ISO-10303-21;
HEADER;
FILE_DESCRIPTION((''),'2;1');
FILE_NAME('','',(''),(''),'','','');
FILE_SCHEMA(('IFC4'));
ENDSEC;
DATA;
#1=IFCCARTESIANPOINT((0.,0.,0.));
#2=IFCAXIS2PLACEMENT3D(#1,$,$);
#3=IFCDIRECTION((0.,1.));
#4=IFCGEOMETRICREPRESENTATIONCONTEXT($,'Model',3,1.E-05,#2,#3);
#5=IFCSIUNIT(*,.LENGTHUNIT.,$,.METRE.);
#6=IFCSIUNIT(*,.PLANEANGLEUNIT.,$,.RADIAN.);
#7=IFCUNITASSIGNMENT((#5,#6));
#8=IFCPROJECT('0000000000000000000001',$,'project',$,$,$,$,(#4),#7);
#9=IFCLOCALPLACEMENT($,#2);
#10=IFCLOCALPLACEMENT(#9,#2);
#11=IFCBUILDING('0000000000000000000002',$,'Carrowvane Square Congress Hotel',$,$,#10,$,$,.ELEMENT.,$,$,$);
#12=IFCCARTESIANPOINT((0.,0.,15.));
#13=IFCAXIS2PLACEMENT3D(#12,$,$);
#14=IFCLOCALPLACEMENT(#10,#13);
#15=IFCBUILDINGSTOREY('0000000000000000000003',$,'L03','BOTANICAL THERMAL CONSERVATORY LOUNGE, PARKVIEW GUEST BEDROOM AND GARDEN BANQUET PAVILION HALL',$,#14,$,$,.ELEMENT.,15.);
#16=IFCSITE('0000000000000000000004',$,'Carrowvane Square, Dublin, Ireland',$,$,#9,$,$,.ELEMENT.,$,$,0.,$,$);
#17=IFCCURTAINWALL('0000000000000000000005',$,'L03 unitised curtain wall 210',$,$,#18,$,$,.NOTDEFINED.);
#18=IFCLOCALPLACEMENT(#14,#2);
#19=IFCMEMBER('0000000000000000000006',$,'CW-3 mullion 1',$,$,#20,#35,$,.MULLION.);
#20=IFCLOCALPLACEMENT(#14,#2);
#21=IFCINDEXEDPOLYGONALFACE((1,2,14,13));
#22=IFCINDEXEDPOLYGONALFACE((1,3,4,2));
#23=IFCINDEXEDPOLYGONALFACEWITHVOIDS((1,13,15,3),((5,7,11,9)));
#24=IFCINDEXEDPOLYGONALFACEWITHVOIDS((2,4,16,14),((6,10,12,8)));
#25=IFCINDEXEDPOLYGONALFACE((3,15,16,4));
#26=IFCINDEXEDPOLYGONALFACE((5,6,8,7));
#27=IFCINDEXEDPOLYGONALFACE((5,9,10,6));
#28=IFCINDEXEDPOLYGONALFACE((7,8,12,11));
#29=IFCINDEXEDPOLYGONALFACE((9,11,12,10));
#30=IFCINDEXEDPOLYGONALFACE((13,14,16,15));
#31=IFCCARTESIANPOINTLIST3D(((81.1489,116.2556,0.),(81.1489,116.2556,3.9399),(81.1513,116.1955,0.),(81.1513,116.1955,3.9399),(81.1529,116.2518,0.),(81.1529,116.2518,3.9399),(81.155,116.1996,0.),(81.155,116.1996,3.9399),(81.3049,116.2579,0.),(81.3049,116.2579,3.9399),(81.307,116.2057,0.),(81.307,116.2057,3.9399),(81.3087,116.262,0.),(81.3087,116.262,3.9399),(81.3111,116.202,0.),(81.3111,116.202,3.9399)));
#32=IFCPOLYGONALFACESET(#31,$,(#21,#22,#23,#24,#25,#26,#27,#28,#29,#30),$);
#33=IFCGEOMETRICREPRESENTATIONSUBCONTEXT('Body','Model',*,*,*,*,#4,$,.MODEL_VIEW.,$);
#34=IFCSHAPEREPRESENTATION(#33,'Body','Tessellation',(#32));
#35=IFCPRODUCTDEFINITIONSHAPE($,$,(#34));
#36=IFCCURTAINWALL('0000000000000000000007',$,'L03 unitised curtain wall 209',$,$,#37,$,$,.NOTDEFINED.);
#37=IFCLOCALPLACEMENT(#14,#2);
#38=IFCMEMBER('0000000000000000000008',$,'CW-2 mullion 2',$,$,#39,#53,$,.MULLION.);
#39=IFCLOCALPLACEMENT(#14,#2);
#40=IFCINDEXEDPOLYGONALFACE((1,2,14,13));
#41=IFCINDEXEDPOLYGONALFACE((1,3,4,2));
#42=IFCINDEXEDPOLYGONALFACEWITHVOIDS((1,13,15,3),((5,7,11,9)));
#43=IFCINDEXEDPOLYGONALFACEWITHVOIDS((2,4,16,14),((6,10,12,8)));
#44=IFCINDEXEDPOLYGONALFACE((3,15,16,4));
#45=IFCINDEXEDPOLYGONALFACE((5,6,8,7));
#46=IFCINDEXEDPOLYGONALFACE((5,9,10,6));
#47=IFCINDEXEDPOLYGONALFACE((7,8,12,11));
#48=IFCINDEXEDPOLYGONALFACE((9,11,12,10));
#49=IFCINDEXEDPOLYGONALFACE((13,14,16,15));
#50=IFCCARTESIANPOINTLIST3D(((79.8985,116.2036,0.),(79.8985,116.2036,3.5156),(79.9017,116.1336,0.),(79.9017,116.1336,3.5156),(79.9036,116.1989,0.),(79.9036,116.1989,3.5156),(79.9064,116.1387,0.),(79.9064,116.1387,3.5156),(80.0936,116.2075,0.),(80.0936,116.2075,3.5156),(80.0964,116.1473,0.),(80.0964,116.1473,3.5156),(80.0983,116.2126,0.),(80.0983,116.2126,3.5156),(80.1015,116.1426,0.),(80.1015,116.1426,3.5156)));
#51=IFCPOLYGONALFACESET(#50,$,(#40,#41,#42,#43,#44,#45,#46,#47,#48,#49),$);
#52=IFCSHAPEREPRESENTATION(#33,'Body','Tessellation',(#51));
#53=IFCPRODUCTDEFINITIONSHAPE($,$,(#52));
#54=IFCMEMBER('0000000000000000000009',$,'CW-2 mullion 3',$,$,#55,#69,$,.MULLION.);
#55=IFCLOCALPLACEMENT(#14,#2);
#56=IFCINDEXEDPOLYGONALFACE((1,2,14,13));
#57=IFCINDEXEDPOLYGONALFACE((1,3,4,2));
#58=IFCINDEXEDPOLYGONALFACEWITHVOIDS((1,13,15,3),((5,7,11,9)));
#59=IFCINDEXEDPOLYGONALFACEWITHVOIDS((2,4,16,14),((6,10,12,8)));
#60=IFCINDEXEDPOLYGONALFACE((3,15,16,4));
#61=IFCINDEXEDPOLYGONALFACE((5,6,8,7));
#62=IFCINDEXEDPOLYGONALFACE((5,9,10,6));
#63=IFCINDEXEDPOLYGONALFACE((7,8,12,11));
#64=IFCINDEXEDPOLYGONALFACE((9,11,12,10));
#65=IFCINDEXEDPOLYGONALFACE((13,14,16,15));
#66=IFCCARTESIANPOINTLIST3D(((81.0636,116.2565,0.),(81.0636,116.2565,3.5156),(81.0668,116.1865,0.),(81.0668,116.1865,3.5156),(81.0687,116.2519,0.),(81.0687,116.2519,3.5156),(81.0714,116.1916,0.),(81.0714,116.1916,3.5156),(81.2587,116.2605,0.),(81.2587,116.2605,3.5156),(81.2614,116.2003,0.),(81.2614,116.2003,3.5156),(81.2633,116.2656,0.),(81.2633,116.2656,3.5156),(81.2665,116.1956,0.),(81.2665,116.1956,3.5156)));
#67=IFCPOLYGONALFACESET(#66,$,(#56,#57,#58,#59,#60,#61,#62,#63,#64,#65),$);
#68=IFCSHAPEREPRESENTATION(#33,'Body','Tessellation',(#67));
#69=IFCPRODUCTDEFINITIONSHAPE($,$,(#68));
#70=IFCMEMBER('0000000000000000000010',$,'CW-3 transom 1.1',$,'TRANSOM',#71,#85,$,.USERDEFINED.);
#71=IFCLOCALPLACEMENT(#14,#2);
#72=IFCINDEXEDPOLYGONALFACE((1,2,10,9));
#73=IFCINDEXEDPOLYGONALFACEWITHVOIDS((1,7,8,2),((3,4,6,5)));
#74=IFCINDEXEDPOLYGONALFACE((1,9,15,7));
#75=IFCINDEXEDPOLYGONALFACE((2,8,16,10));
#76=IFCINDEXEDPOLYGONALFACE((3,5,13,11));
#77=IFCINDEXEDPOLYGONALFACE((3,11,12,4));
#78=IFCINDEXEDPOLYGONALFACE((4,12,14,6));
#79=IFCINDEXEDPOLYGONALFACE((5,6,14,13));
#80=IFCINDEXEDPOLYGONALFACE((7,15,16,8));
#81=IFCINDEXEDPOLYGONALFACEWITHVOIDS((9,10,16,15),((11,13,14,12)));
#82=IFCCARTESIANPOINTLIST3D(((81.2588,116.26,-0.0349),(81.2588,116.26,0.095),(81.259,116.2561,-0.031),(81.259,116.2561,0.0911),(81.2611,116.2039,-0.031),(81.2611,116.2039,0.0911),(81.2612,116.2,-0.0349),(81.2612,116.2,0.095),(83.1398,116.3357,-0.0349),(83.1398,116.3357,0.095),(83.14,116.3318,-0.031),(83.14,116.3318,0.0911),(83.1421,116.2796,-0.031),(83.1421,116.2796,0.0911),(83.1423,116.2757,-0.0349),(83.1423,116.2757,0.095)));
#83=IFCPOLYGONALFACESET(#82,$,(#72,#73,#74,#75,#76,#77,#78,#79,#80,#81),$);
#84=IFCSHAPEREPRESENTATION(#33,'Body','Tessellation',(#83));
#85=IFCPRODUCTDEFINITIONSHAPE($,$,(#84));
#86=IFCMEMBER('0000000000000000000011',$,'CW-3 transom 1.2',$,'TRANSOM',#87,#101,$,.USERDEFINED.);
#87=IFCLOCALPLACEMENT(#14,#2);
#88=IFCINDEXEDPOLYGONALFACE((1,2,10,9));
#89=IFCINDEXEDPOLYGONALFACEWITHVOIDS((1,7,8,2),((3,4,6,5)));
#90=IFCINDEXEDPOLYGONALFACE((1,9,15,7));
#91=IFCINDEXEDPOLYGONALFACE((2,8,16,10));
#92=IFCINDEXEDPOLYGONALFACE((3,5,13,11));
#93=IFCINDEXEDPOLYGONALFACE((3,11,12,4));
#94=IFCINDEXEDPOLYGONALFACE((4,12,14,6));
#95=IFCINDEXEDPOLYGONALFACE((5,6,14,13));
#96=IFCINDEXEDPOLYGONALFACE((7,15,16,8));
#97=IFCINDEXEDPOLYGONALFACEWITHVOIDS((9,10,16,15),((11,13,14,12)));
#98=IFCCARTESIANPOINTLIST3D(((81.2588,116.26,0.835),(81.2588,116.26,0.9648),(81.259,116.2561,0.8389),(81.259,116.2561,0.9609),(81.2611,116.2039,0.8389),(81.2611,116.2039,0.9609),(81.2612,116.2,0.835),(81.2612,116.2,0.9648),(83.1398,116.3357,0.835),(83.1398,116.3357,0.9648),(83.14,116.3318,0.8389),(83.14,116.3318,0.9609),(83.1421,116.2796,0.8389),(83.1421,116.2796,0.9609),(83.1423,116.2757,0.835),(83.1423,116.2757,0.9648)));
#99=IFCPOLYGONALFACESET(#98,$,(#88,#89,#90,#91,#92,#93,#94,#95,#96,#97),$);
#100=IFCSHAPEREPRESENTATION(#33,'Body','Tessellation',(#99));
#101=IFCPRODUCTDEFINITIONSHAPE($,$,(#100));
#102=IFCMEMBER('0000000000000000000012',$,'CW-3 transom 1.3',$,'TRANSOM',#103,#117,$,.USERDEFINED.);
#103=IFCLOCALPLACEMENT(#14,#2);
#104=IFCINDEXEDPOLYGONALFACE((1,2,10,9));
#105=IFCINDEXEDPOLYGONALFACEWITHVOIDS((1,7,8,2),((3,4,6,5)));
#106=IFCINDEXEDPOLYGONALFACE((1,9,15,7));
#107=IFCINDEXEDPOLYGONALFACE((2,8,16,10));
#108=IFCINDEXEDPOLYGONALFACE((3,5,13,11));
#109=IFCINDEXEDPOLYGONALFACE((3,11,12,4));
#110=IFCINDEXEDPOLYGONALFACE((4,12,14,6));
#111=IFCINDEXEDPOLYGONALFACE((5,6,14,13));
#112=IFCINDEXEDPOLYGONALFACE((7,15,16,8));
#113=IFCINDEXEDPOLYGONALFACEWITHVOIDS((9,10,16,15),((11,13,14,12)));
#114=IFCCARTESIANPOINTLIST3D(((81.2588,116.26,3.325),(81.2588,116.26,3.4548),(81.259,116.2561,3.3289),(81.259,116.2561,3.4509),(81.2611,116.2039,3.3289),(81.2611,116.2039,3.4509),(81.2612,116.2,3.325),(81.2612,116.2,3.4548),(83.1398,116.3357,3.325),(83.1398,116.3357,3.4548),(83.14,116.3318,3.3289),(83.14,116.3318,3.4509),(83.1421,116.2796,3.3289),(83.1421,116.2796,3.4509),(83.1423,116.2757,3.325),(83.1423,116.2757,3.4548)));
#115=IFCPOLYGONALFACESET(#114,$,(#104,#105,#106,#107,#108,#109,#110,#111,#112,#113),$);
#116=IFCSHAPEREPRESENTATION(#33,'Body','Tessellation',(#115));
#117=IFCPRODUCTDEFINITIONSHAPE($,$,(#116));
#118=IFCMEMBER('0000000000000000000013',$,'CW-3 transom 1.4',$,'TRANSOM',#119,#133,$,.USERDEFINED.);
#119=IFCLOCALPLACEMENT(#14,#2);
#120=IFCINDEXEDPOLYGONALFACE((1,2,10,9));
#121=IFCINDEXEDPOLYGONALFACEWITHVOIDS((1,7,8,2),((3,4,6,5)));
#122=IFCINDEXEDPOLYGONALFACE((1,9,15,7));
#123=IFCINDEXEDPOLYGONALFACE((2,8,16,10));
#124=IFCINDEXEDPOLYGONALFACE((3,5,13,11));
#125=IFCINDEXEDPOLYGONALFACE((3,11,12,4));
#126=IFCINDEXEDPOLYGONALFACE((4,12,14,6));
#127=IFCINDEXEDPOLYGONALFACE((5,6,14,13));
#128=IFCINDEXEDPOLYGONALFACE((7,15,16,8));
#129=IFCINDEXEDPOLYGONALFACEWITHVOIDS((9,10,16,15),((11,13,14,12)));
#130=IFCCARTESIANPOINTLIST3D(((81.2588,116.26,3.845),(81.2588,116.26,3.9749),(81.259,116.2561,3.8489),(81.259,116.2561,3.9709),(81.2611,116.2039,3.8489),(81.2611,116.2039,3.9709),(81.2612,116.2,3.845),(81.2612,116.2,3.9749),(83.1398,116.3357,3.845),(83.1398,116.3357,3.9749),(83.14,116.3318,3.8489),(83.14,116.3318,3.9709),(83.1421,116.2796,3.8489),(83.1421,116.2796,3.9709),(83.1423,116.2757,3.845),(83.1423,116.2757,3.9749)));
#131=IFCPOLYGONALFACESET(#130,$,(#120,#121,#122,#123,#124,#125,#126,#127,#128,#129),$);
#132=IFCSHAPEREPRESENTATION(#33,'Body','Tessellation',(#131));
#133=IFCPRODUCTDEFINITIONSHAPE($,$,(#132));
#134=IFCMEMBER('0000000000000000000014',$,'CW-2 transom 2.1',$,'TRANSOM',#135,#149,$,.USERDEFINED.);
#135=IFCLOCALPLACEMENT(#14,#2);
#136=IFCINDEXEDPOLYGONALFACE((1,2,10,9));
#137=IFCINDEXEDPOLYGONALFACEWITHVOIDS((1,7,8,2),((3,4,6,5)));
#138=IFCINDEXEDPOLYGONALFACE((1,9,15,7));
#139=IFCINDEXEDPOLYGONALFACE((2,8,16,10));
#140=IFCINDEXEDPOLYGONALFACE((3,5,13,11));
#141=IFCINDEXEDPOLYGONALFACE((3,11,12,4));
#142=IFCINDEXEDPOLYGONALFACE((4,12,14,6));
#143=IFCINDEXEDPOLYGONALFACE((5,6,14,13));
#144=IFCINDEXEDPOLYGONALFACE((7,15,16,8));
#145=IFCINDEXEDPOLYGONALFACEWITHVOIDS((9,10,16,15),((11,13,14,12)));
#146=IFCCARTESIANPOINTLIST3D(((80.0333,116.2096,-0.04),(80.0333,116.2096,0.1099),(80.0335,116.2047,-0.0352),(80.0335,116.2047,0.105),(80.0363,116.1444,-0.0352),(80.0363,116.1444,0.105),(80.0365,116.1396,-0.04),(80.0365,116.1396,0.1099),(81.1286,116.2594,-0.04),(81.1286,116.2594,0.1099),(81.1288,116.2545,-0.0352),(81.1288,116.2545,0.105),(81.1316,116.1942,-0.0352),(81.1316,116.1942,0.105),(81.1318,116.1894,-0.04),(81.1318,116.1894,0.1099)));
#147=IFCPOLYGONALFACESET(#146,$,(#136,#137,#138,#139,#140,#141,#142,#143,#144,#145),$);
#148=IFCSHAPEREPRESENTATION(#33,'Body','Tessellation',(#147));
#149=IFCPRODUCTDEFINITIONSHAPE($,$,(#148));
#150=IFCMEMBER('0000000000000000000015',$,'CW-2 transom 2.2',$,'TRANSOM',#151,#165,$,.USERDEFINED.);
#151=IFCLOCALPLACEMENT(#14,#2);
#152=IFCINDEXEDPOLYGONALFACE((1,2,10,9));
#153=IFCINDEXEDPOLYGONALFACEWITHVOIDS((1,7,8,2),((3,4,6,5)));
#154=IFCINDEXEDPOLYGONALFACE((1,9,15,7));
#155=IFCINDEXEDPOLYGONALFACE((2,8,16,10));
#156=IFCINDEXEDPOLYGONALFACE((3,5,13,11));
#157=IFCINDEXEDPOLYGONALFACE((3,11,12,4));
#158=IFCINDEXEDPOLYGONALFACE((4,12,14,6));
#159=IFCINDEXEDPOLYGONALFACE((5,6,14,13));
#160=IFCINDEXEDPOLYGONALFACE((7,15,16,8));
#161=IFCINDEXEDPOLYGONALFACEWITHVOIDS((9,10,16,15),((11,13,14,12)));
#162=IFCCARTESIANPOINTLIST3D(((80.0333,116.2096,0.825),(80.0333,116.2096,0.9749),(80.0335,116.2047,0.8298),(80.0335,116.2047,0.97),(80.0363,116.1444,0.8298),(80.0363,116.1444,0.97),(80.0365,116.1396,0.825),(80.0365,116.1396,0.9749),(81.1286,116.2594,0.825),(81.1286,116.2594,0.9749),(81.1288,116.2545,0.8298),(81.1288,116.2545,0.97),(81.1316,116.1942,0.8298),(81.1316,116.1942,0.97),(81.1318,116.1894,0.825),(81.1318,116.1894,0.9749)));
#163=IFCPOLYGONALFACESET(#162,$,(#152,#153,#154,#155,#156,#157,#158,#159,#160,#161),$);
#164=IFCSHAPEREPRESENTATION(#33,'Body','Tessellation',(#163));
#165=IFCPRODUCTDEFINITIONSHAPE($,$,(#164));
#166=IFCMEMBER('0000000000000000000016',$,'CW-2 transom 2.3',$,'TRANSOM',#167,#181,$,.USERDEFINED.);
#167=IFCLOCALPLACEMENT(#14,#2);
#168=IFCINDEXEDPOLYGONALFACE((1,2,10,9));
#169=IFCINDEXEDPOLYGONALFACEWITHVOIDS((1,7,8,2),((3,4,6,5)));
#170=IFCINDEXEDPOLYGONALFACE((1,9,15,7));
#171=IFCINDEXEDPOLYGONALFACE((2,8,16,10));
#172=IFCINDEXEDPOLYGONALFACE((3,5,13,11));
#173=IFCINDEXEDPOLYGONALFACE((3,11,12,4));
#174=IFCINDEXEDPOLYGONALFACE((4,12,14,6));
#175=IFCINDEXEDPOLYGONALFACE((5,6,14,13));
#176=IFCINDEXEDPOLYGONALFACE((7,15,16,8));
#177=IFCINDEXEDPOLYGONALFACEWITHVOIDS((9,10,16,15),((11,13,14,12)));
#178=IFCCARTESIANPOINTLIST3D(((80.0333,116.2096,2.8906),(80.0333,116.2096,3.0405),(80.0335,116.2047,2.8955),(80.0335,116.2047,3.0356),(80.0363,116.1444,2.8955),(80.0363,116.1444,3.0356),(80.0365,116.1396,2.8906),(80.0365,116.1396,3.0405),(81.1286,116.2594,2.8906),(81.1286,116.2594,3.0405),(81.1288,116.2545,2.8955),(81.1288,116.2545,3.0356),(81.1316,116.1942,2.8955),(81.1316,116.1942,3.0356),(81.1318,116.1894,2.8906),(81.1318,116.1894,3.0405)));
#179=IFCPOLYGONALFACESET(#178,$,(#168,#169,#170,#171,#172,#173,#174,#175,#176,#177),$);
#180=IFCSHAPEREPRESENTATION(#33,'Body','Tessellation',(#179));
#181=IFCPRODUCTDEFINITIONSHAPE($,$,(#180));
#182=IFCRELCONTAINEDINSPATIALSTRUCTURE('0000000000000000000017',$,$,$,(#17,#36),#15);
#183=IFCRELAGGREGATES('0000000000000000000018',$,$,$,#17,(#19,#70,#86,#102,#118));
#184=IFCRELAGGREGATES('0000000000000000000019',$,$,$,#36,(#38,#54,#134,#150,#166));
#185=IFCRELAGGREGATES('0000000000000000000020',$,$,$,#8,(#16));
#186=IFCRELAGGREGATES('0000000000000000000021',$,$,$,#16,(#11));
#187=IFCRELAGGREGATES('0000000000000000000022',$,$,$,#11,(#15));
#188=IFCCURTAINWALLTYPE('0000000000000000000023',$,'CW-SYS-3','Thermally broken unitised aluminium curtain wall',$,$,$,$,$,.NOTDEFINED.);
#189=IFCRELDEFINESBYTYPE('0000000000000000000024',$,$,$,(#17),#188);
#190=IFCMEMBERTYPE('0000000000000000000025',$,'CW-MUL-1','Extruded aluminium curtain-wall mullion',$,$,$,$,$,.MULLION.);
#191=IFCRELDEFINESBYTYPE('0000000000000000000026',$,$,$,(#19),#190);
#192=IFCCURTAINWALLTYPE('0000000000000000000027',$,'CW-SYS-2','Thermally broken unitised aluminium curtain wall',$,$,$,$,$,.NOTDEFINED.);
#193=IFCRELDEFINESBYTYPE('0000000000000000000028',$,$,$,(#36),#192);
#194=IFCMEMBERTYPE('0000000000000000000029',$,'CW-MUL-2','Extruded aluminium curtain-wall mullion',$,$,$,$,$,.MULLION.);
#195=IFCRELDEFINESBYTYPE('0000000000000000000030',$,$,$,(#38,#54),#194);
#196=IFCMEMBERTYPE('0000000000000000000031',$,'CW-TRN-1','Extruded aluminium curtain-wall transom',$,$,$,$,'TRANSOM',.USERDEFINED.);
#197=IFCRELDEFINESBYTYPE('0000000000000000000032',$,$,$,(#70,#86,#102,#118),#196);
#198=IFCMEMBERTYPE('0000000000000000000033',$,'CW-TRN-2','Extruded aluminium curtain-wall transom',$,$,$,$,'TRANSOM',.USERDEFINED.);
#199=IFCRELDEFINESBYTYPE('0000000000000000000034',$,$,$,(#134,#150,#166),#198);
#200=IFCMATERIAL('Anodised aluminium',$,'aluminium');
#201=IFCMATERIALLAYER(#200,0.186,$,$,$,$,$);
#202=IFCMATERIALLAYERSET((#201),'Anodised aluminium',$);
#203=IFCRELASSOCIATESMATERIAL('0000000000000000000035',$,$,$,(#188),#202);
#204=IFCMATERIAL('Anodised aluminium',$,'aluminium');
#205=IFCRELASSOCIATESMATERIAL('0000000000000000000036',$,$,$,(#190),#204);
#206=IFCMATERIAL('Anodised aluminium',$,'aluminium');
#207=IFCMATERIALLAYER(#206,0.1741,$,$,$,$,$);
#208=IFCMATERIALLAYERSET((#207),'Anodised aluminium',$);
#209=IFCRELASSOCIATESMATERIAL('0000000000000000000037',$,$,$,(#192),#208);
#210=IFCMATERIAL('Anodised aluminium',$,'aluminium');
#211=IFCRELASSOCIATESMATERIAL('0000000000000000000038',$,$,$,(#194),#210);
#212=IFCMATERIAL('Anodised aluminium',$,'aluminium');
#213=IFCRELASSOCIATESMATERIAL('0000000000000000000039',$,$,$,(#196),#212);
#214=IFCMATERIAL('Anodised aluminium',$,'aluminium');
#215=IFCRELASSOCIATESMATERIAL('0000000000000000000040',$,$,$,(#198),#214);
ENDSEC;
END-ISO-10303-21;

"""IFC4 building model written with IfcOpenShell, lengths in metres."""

from ifc_helpers import new_model, si_unit, direction, frame, origin, origin_2d, place, context, subcontext, project, spatial, hollow_rectangle, extrude, material, layer, layer_set, material_profile, profile_set, type_object, element, aggregate, save


model = new_model("IFC4")

# Units and contexts
model_context = context("Model", 3, precision=1e-05, world=origin(), true_north=direction((0.0, 1.0)))
body_context = subcontext(model_context, "Body", "Model", "MODEL_VIEW")
ifc_project = project(units=[si_unit("LENGTHUNIT", "METRE"), si_unit("PLANEANGLEUNIT", "RADIAN")], contexts=[model_context])

# Site, building, storey
site_placement = place(None, origin())
site = spatial("IfcSite", under=ifc_project, at=site_placement, Name="Carrowvane Square, Dublin, Ireland", CompositionType="ELEMENT", RefElevation=0.0)
building_placement = place(site_placement, origin())
building = spatial("IfcBuilding", under=site, at=building_placement, Name="Carrowvane Square Congress Hotel", CompositionType="ELEMENT")
storey_placement = place(building_placement, frame((0.0, 0.0, 15.0)))
storey = spatial("IfcBuildingStorey", under=building, at=storey_placement, Name="L03", Description="BOTANICAL THERMAL CONSERVATORY LOUNGE, PARKVIEW GUEST BEDROOM AND GARDEN BANQUET PAVILION HALL", CompositionType="ELEMENT", Elevation=15.0)

# Curtain wall, member
ifc_material_1 = material(Name="Anodised aluminium", Category="aluminium")
ifc_layer_1 = layer(ifc_material_1, 0.186)
ifc_layer_set_1 = layer_set([ifc_layer_1], Name="Anodised aluminium")
curtain_wall_type_1 = type_object("IfcCurtainWallType", Name="CW-SYS-3", Description="Thermally broken unitised aluminium curtain wall", PredefinedType="NOTDEFINED", material=ifc_layer_set_1)
curtain_wall_1_placement = place(storey_placement, origin())
curtain_wall_1 = element("IfcCurtainWall", 1, at=curtain_wall_1_placement, inside=storey, type_object=curtain_wall_type_1, Name="L03 unitised curtain wall 210", PredefinedType="NOTDEFINED")
ifc_material_2 = material(Name="Anodised aluminium", Category="aluminium")
ifc_material_profile_1 = material_profile(ifc_material_2, hollow_rectangle(XDim=0.0601, YDim=0.1599, WallThickness=0.0039, at=origin_2d()), Name="CW-ML 60x160x4")
ifc_profile_set_1 = profile_set([ifc_material_profile_1], Name="Anodised aluminium")
member_type_1 = type_object("IfcMemberType", Name="CW-MUL-1", Description="Extruded aluminium curtain-wall mullion", PredefinedType="MULLION", material=ifc_profile_set_1)
member_1_placement = place(storey_placement, frame((81.23, 116.2288, 0.0), z_axis=(0.0, 0.0, 1.0), x_axis=(-0.040136, 0.999194, 0.0)))
member_1 = element("IfcMember", 2, at=member_1_placement, type_object=member_type_1, Name="CW-3 mullion 1", PredefinedType="MULLION", context=body_context, shape_type="SweptSolid", body=[
    extrude(hollow_rectangle(XDim=0.0601, YDim=0.1599, WallThickness=0.0039, at=origin_2d()), origin(), (0.0, 0.0, 1.0), 3.9399),
])

# Curtain wall, members
ifc_material_3 = material(Name="Anodised aluminium", Category="aluminium")
ifc_layer_2 = layer(ifc_material_3, 0.1741)
ifc_layer_set_2 = layer_set([ifc_layer_2], Name="Anodised aluminium")
curtain_wall_type_2 = type_object("IfcCurtainWallType", Name="CW-SYS-2", Description="Thermally broken unitised aluminium curtain wall", PredefinedType="NOTDEFINED", material=ifc_layer_set_2)
curtain_wall_2_placement = place(storey_placement, origin())
curtain_wall_2 = element("IfcCurtainWall", 3, at=curtain_wall_2_placement, inside=storey, type_object=curtain_wall_type_2, Name="L03 unitised curtain wall 209", PredefinedType="NOTDEFINED")
ifc_material_4 = material(Name="Anodised aluminium", Category="aluminium")
ifc_material_profile_2 = material_profile(ifc_material_4, hollow_rectangle(XDim=0.0701, YDim=0.2, WallThickness=0.0049, at=origin_2d()), Name="CW-ML 70x200x5")
ifc_profile_set_2 = profile_set([ifc_material_profile_2], Name="Anodised aluminium")
member_type_2 = type_object("IfcMemberType", Name="CW-MUL-2", Description="Extruded aluminium curtain-wall mullion", PredefinedType="MULLION", material=ifc_profile_set_2)
member_2_placement = place(storey_placement, frame((80.0, 116.1731, 0.0), z_axis=(0.0, 0.0, 1.0), x_axis=(-0.045411, 0.998968, 0.0)))
member_2 = element("IfcMember", 4, at=member_2_placement, type_object=member_type_2, Name="CW-2 mullion 2", PredefinedType="MULLION", context=body_context, shape_type="SweptSolid", body=[
    extrude(hollow_rectangle(XDim=0.0701, YDim=0.2, WallThickness=0.0049, at=origin_2d()), origin(), (0.0, 0.0, 1.0), 3.5156),
])
member_3_placement = place(storey_placement, frame((81.165, 116.2261, 0.0), z_axis=(0.0, 0.0, 1.0), x_axis=(-0.045411, 0.998968, 0.0)))
member_3 = element("IfcMember", 5, at=member_3_placement, type_object=member_type_2, Name="CW-2 mullion 3", PredefinedType="MULLION", context=body_context, shape_type="SweptSolid", body=[
    extrude(hollow_rectangle(XDim=0.0701, YDim=0.2, WallThickness=0.0049, at=origin_2d()), origin(), (0.0, 0.0, 1.0), 3.5156),
])

# Members
ifc_material_5 = material(Name="Anodised aluminium", Category="aluminium")
ifc_material_profile_3 = material_profile(ifc_material_5, hollow_rectangle(XDim=0.0601, YDim=0.1299, WallThickness=0.0039, at=origin_2d()), Name="CW-TR 60x130x4")
ifc_profile_set_3 = profile_set([ifc_material_profile_3], Name="Anodised aluminium")
member_type_3 = type_object("IfcMemberType", Name="CW-TRN-1", Description="Extruded aluminium curtain-wall transom", ElementType="TRANSOM", PredefinedType="USERDEFINED", material=ifc_profile_set_3)
member_4_placement = place(storey_placement, frame((81.26, 116.23, 0.03), z_axis=(0.999192, 0.040201, 0.0), x_axis=(-0.040201, 0.999192, 0.0)))
member_4 = element("IfcMember", 6, at=member_4_placement, type_object=member_type_3, Name="CW-3 transom 1.1", ObjectType="TRANSOM", PredefinedType="USERDEFINED", context=body_context, shape_type="SweptSolid", body=[
    extrude(hollow_rectangle(XDim=0.0601, YDim=0.1299, WallThickness=0.0039, at=origin_2d()), origin(), (0.0, 0.0, 1.0), 1.8826),
])
member_5_placement = place(storey_placement, frame((81.26, 116.23, 0.8999), z_axis=(0.999192, 0.040201, 0.0), x_axis=(-0.040201, 0.999192, 0.0)))
member_5 = element("IfcMember", 7, at=member_5_placement, type_object=member_type_3, Name="CW-3 transom 1.2", ObjectType="TRANSOM", PredefinedType="USERDEFINED", context=body_context, shape_type="SweptSolid", body=[
    extrude(hollow_rectangle(XDim=0.0601, YDim=0.1299, WallThickness=0.0039, at=origin_2d()), origin(), (0.0, 0.0, 1.0), 1.8826),
])
member_6_placement = place(storey_placement, frame((81.26, 116.23, 3.3899), z_axis=(0.999192, 0.040201, 0.0), x_axis=(-0.040201, 0.999192, 0.0)))
member_6 = element("IfcMember", 8, at=member_6_placement, type_object=member_type_3, Name="CW-3 transom 1.3", ObjectType="TRANSOM", PredefinedType="USERDEFINED", context=body_context, shape_type="SweptSolid", body=[
    extrude(hollow_rectangle(XDim=0.0601, YDim=0.1299, WallThickness=0.0039, at=origin_2d()), origin(), (0.0, 0.0, 1.0), 1.8826),
])
member_7_placement = place(storey_placement, frame((81.26, 116.23, 3.9099), z_axis=(0.999192, 0.040201, 0.0), x_axis=(-0.040201, 0.999192, 0.0)))
member_7 = element("IfcMember", 9, at=member_7_placement, type_object=member_type_3, Name="CW-3 transom 1.4", ObjectType="TRANSOM", PredefinedType="USERDEFINED", context=body_context, shape_type="SweptSolid", body=[
    extrude(hollow_rectangle(XDim=0.0601, YDim=0.1299, WallThickness=0.0039, at=origin_2d()), origin(), (0.0, 0.0, 1.0), 1.8826),
])
aggregate(curtain_wall_1, [member_1, member_4, member_5, member_6, member_7])
ifc_material_6 = material(Name="Anodised aluminium", Category="aluminium")
ifc_material_profile_4 = material_profile(ifc_material_6, hollow_rectangle(XDim=0.0701, YDim=0.1499, WallThickness=0.0049, at=origin_2d()), Name="CW-TR 70x150x5")
ifc_profile_set_4 = profile_set([ifc_material_profile_4], Name="Anodised aluminium")
member_type_4 = type_object("IfcMemberType", Name="CW-TRN-2", Description="Extruded aluminium curtain-wall transom", ElementType="TRANSOM", PredefinedType="USERDEFINED", material=ifc_profile_set_4)
member_8_placement = place(storey_placement, frame((80.0349, 116.1746, 0.0349), z_axis=(0.998968, 0.045428, 0.0), x_axis=(-0.045428, 0.998968, 0.0)))
member_8 = element("IfcMember", 10, at=member_8_placement, type_object=member_type_4, Name="CW-2 transom 2.1", ObjectType="TRANSOM", PredefinedType="USERDEFINED", context=body_context, shape_type="SweptSolid", body=[
    extrude(hollow_rectangle(XDim=0.0701, YDim=0.1499, WallThickness=0.0049, at=origin_2d()), origin(), (0.0, 0.0, 1.0), 1.0964),
])
member_9_placement = place(storey_placement, frame((80.0349, 116.1746, 0.8999), z_axis=(0.998968, 0.045428, 0.0), x_axis=(-0.045428, 0.998968, 0.0)))
member_9 = element("IfcMember", 11, at=member_9_placement, type_object=member_type_4, Name="CW-2 transom 2.2", ObjectType="TRANSOM", PredefinedType="USERDEFINED", context=body_context, shape_type="SweptSolid", body=[
    extrude(hollow_rectangle(XDim=0.0701, YDim=0.1499, WallThickness=0.0049, at=origin_2d()), origin(), (0.0, 0.0, 1.0), 1.0964),
])
member_10_placement = place(storey_placement, frame((80.0349, 116.1746, 2.9656), z_axis=(0.998968, 0.045428, 0.0), x_axis=(-0.045428, 0.998968, 0.0)))
member_10 = element("IfcMember", 12, at=member_10_placement, type_object=member_type_4, Name="CW-2 transom 2.3", ObjectType="TRANSOM", PredefinedType="USERDEFINED", context=body_context, shape_type="SweptSolid", body=[
    extrude(hollow_rectangle(XDim=0.0701, YDim=0.1499, WallThickness=0.0049, at=origin_2d()), origin(), (0.0, 0.0, 1.0), 1.0964),
])

aggregate(curtain_wall_2, [member_2, member_3, member_8, member_9, member_10])

save(model, "model.ifc")
